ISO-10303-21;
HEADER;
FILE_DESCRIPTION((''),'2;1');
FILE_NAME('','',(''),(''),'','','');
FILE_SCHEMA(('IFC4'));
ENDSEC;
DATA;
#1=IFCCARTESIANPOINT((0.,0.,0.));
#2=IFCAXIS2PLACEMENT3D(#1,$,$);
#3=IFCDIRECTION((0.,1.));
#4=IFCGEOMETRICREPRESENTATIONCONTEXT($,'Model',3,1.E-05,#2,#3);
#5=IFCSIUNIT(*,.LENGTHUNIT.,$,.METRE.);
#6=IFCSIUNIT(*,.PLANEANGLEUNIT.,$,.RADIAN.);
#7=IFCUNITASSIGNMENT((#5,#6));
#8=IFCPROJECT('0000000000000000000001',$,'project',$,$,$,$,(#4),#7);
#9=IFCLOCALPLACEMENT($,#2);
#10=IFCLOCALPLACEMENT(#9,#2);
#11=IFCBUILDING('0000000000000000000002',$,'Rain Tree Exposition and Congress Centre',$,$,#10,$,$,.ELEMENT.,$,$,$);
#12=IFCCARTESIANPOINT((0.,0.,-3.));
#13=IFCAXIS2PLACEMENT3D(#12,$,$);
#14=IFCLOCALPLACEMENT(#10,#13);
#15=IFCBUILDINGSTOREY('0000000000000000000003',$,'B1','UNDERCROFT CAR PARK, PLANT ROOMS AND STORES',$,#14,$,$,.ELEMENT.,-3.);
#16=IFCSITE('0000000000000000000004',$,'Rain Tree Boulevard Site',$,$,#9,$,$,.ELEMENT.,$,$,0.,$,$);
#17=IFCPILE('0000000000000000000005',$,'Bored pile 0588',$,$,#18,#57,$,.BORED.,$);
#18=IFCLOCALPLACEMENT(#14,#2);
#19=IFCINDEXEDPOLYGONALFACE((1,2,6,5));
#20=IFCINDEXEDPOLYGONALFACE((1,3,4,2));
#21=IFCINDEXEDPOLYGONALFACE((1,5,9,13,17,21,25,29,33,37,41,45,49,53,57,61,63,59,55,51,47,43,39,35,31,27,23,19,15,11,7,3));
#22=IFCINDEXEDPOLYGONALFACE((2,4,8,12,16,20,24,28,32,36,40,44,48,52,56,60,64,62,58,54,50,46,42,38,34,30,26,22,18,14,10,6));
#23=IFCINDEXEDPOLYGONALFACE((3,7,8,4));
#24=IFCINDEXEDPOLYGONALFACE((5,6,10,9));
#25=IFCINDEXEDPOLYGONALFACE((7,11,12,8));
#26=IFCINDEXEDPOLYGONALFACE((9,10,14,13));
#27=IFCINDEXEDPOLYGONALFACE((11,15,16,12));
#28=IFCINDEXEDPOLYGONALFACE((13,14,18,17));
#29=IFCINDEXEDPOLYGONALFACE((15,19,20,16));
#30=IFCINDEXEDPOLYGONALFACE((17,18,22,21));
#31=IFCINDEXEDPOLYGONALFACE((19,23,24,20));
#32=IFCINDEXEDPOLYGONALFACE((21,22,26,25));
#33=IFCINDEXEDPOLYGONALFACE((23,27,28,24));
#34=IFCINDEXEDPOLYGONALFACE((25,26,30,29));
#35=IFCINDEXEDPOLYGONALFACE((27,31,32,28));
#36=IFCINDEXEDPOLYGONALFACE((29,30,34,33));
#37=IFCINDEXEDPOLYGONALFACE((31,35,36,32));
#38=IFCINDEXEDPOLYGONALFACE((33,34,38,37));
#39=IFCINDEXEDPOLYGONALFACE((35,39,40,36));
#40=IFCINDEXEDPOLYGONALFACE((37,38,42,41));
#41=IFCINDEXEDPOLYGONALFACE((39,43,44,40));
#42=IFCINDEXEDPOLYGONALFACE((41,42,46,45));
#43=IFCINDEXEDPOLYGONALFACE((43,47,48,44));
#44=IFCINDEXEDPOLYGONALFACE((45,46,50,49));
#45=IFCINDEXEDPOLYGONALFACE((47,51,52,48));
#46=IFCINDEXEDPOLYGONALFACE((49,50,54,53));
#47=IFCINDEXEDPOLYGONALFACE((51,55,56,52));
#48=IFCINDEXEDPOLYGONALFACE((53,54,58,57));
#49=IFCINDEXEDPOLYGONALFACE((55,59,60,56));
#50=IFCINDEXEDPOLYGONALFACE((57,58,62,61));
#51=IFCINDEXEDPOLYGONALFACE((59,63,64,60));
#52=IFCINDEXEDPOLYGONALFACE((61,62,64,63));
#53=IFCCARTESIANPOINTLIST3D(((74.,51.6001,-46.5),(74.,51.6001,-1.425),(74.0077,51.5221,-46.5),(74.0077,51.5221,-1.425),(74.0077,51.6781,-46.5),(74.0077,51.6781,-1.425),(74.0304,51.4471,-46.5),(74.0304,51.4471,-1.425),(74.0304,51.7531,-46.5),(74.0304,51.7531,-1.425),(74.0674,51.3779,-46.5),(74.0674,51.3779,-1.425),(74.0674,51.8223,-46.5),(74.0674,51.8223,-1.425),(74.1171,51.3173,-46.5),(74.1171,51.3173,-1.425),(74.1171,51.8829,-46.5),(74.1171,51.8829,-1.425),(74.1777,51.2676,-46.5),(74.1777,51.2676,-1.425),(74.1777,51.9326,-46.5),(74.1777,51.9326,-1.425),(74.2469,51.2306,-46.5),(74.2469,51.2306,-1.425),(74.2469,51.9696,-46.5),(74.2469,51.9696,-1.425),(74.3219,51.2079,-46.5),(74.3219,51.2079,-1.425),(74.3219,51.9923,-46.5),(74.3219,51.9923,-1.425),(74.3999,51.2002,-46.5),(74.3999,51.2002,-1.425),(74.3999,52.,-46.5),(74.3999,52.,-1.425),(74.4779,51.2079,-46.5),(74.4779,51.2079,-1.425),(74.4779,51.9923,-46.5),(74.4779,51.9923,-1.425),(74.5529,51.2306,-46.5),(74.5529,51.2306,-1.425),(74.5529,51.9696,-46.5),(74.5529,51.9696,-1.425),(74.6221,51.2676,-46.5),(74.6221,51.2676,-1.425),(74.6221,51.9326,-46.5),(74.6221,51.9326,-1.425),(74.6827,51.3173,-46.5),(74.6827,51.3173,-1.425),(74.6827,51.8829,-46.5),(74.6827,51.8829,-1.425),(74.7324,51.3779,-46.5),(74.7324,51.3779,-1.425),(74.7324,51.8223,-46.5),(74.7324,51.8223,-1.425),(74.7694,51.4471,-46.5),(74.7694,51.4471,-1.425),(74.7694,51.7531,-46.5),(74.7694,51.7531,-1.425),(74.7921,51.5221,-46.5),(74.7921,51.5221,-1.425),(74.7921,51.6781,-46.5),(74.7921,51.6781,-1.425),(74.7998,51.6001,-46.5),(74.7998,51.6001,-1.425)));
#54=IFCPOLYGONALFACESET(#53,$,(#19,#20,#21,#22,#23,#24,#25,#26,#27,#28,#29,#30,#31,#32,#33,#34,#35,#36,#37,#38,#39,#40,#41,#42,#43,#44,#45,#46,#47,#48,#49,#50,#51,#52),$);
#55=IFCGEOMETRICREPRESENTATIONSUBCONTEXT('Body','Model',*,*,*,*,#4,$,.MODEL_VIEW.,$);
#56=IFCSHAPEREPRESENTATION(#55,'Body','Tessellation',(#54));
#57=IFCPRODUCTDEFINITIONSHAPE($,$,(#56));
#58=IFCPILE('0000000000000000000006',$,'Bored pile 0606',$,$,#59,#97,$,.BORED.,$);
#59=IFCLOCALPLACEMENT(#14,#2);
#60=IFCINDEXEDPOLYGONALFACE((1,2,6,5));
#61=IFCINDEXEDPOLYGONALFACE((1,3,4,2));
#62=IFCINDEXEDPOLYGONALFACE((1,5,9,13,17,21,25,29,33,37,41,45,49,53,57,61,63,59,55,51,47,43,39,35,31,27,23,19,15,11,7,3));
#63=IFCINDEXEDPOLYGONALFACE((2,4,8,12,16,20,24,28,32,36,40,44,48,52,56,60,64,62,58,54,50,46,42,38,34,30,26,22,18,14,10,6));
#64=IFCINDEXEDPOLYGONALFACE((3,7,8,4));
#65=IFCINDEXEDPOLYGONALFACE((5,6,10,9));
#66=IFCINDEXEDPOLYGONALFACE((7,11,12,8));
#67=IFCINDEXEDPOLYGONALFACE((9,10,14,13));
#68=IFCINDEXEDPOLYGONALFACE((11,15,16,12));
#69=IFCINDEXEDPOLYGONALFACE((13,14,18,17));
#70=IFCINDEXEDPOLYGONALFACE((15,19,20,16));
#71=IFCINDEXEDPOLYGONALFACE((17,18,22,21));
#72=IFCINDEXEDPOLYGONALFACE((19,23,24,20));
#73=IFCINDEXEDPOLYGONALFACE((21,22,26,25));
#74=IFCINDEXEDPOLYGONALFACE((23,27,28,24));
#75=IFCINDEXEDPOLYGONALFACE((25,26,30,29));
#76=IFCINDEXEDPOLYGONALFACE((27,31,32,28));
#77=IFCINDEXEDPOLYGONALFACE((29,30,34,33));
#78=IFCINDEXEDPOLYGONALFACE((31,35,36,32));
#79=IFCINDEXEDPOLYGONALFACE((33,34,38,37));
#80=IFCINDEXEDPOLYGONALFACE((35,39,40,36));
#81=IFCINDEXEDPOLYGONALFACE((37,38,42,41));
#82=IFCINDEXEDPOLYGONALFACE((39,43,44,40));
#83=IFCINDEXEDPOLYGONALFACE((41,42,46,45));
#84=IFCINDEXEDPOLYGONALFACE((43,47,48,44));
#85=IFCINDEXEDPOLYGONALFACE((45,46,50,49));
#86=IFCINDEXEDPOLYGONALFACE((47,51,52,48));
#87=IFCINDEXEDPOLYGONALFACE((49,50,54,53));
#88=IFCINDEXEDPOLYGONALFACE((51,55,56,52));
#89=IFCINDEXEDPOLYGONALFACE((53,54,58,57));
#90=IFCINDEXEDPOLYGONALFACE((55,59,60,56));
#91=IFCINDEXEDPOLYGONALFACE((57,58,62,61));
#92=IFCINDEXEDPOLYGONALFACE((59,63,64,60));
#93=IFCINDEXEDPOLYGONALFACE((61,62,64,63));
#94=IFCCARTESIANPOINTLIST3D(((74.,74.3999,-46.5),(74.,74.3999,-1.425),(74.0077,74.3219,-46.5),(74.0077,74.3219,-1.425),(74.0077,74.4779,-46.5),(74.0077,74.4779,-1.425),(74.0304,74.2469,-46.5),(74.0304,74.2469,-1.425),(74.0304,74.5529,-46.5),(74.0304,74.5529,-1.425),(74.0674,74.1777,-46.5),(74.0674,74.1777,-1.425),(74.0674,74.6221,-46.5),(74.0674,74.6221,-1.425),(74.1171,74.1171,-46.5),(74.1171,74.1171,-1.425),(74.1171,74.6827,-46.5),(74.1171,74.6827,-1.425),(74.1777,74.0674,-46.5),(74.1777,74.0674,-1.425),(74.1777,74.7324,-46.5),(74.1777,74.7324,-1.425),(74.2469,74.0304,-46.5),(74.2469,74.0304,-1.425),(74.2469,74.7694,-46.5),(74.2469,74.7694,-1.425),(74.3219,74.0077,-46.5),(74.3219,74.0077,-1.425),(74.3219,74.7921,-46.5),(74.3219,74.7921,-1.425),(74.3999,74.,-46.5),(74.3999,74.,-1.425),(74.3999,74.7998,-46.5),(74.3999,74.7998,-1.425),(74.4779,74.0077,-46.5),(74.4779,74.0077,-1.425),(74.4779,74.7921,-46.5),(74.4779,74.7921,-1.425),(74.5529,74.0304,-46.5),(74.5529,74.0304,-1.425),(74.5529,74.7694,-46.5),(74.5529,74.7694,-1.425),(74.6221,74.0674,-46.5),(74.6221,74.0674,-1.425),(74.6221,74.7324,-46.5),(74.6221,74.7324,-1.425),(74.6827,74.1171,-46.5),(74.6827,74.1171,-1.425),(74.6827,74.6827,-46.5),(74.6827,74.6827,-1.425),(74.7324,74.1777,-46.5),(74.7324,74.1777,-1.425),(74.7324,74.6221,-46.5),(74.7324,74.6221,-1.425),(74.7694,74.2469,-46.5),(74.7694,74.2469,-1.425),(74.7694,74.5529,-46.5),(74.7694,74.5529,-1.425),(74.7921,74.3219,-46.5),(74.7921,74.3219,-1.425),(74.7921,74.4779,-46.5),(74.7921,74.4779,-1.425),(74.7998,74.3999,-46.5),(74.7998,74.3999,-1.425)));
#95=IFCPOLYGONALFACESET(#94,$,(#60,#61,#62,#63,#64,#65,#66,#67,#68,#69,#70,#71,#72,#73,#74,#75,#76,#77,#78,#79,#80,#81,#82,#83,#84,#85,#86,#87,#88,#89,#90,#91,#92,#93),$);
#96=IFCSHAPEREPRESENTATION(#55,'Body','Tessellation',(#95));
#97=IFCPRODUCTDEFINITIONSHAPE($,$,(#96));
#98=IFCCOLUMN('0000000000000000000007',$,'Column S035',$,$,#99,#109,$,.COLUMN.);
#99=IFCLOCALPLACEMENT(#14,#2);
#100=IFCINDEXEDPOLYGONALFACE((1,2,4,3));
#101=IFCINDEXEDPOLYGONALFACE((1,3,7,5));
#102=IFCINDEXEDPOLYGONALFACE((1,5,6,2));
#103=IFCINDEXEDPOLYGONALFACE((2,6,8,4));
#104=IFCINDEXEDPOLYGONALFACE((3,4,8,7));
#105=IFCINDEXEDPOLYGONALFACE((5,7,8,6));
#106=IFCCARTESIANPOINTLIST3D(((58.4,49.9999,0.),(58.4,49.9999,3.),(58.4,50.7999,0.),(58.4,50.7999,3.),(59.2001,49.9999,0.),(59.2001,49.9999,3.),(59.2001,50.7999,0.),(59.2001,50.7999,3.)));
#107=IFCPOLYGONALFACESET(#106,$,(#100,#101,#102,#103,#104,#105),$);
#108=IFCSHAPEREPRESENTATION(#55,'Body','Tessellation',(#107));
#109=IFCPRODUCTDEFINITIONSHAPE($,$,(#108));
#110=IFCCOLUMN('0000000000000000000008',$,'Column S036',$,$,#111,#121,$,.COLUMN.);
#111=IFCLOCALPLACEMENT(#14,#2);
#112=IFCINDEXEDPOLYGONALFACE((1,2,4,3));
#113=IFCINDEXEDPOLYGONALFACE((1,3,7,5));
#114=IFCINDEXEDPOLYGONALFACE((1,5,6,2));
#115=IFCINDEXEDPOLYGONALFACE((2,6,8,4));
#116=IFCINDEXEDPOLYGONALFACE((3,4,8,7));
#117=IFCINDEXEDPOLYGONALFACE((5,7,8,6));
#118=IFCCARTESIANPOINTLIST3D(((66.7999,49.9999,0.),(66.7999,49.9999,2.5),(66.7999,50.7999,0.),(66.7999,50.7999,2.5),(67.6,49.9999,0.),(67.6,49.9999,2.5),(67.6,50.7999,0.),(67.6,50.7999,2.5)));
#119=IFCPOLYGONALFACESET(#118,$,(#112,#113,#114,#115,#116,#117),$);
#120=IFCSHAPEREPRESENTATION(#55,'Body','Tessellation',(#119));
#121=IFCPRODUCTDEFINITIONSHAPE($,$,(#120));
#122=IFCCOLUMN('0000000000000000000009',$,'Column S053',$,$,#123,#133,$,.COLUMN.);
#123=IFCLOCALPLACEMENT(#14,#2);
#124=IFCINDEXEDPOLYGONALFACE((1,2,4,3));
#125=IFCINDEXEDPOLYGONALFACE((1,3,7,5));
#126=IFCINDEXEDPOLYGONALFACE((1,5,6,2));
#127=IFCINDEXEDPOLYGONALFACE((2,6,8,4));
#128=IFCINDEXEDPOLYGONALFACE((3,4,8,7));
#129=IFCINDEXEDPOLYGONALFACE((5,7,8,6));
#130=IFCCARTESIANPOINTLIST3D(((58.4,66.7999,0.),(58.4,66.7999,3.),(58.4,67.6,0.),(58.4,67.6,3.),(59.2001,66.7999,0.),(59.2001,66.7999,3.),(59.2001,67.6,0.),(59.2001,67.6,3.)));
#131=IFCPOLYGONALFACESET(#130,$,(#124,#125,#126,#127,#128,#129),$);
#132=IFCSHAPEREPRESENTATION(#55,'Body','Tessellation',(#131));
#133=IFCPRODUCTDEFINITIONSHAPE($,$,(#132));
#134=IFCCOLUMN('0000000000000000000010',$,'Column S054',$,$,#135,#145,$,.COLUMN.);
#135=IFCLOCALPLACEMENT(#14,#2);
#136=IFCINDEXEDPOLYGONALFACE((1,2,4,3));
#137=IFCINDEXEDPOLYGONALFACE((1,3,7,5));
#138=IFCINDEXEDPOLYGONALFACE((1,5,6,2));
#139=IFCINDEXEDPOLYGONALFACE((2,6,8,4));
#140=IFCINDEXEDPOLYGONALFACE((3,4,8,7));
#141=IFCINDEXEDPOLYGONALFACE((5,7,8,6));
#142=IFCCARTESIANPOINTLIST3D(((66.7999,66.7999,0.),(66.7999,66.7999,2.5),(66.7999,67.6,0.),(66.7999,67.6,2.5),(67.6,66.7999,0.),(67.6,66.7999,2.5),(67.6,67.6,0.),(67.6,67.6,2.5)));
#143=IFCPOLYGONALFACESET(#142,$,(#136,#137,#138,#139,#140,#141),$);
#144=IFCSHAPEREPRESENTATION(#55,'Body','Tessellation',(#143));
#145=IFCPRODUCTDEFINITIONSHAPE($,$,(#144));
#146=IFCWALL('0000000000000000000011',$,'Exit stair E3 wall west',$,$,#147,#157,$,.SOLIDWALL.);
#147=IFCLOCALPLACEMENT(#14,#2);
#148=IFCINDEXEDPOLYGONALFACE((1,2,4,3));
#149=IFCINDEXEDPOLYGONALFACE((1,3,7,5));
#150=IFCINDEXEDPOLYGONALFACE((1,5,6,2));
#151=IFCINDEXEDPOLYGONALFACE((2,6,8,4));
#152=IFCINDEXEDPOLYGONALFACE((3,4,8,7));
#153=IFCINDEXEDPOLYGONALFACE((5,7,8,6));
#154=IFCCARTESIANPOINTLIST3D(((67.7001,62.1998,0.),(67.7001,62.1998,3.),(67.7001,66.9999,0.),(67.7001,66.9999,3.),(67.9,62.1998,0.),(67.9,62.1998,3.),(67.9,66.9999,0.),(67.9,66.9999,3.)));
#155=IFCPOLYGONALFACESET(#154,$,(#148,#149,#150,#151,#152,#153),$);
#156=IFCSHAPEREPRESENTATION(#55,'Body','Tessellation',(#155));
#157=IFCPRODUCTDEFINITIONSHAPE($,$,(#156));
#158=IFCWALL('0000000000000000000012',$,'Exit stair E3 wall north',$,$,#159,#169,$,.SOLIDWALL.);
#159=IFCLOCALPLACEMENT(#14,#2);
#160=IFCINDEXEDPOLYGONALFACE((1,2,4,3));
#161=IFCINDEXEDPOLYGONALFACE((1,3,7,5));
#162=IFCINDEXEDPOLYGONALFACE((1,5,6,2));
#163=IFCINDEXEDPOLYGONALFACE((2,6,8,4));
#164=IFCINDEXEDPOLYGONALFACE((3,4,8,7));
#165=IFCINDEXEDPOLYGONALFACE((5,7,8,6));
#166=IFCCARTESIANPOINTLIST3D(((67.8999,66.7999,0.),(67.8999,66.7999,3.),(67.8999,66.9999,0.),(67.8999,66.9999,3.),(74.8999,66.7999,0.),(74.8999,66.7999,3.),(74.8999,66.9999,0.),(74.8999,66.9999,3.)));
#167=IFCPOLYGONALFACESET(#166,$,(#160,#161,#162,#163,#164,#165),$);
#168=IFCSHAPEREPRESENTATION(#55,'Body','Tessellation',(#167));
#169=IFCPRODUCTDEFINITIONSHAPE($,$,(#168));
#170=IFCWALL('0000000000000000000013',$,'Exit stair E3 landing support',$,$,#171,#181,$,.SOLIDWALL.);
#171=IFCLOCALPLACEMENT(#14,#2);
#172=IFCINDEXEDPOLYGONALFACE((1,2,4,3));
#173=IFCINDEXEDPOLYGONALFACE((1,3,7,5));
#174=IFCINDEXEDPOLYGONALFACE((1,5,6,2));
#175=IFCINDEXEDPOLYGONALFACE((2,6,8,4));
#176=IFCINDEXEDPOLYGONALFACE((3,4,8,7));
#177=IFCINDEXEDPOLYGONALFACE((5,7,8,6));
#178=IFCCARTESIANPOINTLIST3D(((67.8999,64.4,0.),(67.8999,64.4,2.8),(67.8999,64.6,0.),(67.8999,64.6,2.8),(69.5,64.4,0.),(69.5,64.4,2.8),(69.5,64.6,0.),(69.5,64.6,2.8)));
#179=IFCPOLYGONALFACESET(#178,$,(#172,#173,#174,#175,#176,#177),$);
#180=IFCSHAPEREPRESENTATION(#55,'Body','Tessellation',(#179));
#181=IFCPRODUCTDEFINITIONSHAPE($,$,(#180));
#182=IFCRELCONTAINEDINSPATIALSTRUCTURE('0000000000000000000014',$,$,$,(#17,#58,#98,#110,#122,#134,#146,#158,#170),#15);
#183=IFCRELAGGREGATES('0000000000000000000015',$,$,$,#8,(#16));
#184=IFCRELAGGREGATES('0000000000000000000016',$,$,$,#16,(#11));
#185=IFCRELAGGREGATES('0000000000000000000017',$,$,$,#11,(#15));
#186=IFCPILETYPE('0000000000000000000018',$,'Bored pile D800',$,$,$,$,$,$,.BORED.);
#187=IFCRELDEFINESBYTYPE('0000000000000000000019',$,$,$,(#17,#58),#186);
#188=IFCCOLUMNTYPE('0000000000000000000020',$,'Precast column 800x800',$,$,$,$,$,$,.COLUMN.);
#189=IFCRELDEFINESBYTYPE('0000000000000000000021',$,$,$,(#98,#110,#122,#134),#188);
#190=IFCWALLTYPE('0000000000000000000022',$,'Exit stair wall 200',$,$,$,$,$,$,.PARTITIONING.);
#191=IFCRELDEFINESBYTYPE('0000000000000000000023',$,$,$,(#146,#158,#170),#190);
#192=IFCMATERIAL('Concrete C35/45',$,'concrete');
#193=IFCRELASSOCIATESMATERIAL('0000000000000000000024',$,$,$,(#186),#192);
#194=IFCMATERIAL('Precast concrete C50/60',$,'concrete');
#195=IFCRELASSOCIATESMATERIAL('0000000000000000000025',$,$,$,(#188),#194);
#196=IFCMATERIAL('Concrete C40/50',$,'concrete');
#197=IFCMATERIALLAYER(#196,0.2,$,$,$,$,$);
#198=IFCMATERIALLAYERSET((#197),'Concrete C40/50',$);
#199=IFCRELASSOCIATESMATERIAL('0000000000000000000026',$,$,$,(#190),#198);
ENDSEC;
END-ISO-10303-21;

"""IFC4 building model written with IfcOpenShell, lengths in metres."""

from ifc_helpers import new_model, si_unit, direction, frame, frame_2d, origin, origin_2d, place, context, subcontext, project, spatial, rectangle, circle, extrude, material, layer, layer_set, material_profile, profile_set, type_object, element, save


model = new_model("IFC4")

# Units and contexts
model_context = context("Model", 3, precision=1e-05, world=origin(), true_north=direction((0.0, 1.0)))
body_context = subcontext(model_context, "Body", "Model", "MODEL_VIEW")
ifc_project = project(units=[si_unit("LENGTHUNIT", "METRE"), si_unit("PLANEANGLEUNIT", "RADIAN")], contexts=[model_context])

# Site, building, storey
site_placement = place(None, origin())
site = spatial("IfcSite", under=ifc_project, at=site_placement, Name="Rain Tree Boulevard Site", CompositionType="ELEMENT", RefElevation=0.0)
building_placement = place(site_placement, origin())
building = spatial("IfcBuilding", under=site, at=building_placement, Name="Rain Tree Exposition and Congress Centre", CompositionType="ELEMENT")
storey_placement = place(building_placement, frame((0.0, 0.0, -3.0)))
storey = spatial("IfcBuildingStorey", under=building, at=storey_placement, Name="B1", Description="UNDERCROFT CAR PARK, PLANT ROOMS AND STORES", CompositionType="ELEMENT", Elevation=-3.0)

# Piles
ifc_material_1 = material(Name="Concrete C35/45", Category="concrete")
ifc_material_profile_1 = material_profile(ifc_material_1, circle(Radius=0.3999, at=origin_2d()), Name="D800")
ifc_profile_set_1 = profile_set([ifc_material_profile_1], Name="Concrete C35/45")
pile_type_1 = type_object("IfcPileType", Name="Bored pile D800", PredefinedType="BORED", material=ifc_profile_set_1)
for number, where, z_axis, x_axis, name in (
    (1, (74.3999, 51.6001, -1.425), (0.0, 0.0, -1.0), (1.0, 0.0, 0.0), "Bored pile 0588"),
    (2, (74.3999, 74.3999, -1.425), (0.0, 0.0, -1.0), (1.0, 0.0, 0.0), "Bored pile 0606"),
):
    element("IfcPile", number, at=place(storey_placement, frame(where, z_axis=z_axis, x_axis=x_axis)), inside=storey, type_object=pile_type_1, Name=name, PredefinedType="BORED", context=body_context, shape_type="SweptSolid", body=[
        extrude(circle(Radius=0.3999, at=origin_2d()), origin(), (0.0, 0.0, 1.0), 45.075),
    ])

# Columns
ifc_material_2 = material(Name="Precast concrete C50/60", Category="concrete")
ifc_material_profile_2 = material_profile(ifc_material_2, rectangle(XDim=0.8, YDim=0.8, at=origin_2d()), Name="RC 800x800")
ifc_profile_set_2 = profile_set([ifc_material_profile_2], Name="Precast concrete C50/60")
column_type = type_object("IfcColumnType", Name="Precast column 800x800", PredefinedType="COLUMN", material=ifc_profile_set_2)
column_1_placement = place(storey_placement, frame((58.8, 50.3999, 0.0), z_axis=(0.0, 0.0, 1.0), x_axis=(1.0, 0.0, 0.0)))
element("IfcColumn", 3, at=column_1_placement, inside=storey, type_object=column_type, Name="Column S035", PredefinedType="COLUMN", context=body_context, shape_type="SweptSolid", body=[
    extrude(rectangle(XDim=0.8, YDim=0.8, at=origin_2d()), origin(), (0.0, 0.0, 1.0), 3.0),
])
column_2_placement = place(storey_placement, frame((67.2, 50.3999, 0.0), z_axis=(0.0, 0.0, 1.0), x_axis=(1.0, 0.0, 0.0)))
element("IfcColumn", 4, at=column_2_placement, inside=storey, type_object=column_type, Name="Column S036", PredefinedType="COLUMN", context=body_context, shape_type="SweptSolid", body=[
    extrude(rectangle(XDim=0.8, YDim=0.8, at=origin_2d()), origin(), (0.0, 0.0, 1.0), 2.5),
])
column_3_placement = place(storey_placement, frame((58.8, 67.2, 0.0), z_axis=(0.0, 0.0, 1.0), x_axis=(1.0, 0.0, 0.0)))
element("IfcColumn", 5, at=column_3_placement, inside=storey, type_object=column_type, Name="Column S053", PredefinedType="COLUMN", context=body_context, shape_type="SweptSolid", body=[
    extrude(rectangle(XDim=0.8, YDim=0.8, at=origin_2d()), origin(), (0.0, 0.0, 1.0), 3.0),
])
column_4_placement = place(storey_placement, frame((67.2, 67.2, 0.0), z_axis=(0.0, 0.0, 1.0), x_axis=(1.0, 0.0, 0.0)))
element("IfcColumn", 6, at=column_4_placement, inside=storey, type_object=column_type, Name="Column S054", PredefinedType="COLUMN", context=body_context, shape_type="SweptSolid", body=[
    extrude(rectangle(XDim=0.8, YDim=0.8, at=origin_2d()), origin(), (0.0, 0.0, 1.0), 2.5),
])

# Wall
ifc_material_3 = material(Name="Concrete C40/50", Category="concrete")
ifc_layer = layer(ifc_material_3, 0.2)
ifc_layer_set = layer_set([ifc_layer], Name="Concrete C40/50")
wall_type = type_object("IfcWallType", Name="Exit stair wall 200", PredefinedType="PARTITIONING", material=ifc_layer_set)
wall_1_placement = place(storey_placement, frame((67.8, 62.2, 0.0), z_axis=(0.0, 0.0, 1.0), x_axis=(0.0, 1.0, 0.0)))
element("IfcWall", 7, at=wall_1_placement, inside=storey, type_object=wall_type, Name="Exit stair E3 wall west", PredefinedType="SOLIDWALL", context=body_context, shape_type="SweptSolid", body=[
    extrude(rectangle(XDim=4.8, YDim=0.2, at=frame_2d((2.3999, 0.0))), origin(), (0.0, 0.0, 1.0), 3.0),
])

# Walls
wall_2_placement = place(storey_placement, frame((67.8999, 66.8999, 0.0), z_axis=(0.0, 0.0, 1.0), x_axis=(1.0, 0.0, 0.0)))
element("IfcWall", 8, at=wall_2_placement, inside=storey, type_object=wall_type, Name="Exit stair E3 wall north", PredefinedType="SOLIDWALL", context=body_context, shape_type="SweptSolid", body=[
    extrude(rectangle(XDim=7.0, YDim=0.2, at=frame_2d((3.5, 0.0))), origin(), (0.0, 0.0, 1.0), 3.0),
])
wall_3_placement = place(storey_placement, frame((67.8999, 64.5, 0.0), z_axis=(0.0, 0.0, 1.0), x_axis=(1.0, 0.0, 0.0)))
element("IfcWall", 9, at=wall_3_placement, inside=storey, type_object=wall_type, Name="Exit stair E3 landing support", PredefinedType="SOLIDWALL", context=body_context, shape_type="SweptSolid", body=[
    extrude(rectangle(XDim=1.6001, YDim=0.2, at=frame_2d((0.8, 0.0))), origin(), (0.0, 0.0, 1.0), 2.8),
])

save(model, "model.ifc")
